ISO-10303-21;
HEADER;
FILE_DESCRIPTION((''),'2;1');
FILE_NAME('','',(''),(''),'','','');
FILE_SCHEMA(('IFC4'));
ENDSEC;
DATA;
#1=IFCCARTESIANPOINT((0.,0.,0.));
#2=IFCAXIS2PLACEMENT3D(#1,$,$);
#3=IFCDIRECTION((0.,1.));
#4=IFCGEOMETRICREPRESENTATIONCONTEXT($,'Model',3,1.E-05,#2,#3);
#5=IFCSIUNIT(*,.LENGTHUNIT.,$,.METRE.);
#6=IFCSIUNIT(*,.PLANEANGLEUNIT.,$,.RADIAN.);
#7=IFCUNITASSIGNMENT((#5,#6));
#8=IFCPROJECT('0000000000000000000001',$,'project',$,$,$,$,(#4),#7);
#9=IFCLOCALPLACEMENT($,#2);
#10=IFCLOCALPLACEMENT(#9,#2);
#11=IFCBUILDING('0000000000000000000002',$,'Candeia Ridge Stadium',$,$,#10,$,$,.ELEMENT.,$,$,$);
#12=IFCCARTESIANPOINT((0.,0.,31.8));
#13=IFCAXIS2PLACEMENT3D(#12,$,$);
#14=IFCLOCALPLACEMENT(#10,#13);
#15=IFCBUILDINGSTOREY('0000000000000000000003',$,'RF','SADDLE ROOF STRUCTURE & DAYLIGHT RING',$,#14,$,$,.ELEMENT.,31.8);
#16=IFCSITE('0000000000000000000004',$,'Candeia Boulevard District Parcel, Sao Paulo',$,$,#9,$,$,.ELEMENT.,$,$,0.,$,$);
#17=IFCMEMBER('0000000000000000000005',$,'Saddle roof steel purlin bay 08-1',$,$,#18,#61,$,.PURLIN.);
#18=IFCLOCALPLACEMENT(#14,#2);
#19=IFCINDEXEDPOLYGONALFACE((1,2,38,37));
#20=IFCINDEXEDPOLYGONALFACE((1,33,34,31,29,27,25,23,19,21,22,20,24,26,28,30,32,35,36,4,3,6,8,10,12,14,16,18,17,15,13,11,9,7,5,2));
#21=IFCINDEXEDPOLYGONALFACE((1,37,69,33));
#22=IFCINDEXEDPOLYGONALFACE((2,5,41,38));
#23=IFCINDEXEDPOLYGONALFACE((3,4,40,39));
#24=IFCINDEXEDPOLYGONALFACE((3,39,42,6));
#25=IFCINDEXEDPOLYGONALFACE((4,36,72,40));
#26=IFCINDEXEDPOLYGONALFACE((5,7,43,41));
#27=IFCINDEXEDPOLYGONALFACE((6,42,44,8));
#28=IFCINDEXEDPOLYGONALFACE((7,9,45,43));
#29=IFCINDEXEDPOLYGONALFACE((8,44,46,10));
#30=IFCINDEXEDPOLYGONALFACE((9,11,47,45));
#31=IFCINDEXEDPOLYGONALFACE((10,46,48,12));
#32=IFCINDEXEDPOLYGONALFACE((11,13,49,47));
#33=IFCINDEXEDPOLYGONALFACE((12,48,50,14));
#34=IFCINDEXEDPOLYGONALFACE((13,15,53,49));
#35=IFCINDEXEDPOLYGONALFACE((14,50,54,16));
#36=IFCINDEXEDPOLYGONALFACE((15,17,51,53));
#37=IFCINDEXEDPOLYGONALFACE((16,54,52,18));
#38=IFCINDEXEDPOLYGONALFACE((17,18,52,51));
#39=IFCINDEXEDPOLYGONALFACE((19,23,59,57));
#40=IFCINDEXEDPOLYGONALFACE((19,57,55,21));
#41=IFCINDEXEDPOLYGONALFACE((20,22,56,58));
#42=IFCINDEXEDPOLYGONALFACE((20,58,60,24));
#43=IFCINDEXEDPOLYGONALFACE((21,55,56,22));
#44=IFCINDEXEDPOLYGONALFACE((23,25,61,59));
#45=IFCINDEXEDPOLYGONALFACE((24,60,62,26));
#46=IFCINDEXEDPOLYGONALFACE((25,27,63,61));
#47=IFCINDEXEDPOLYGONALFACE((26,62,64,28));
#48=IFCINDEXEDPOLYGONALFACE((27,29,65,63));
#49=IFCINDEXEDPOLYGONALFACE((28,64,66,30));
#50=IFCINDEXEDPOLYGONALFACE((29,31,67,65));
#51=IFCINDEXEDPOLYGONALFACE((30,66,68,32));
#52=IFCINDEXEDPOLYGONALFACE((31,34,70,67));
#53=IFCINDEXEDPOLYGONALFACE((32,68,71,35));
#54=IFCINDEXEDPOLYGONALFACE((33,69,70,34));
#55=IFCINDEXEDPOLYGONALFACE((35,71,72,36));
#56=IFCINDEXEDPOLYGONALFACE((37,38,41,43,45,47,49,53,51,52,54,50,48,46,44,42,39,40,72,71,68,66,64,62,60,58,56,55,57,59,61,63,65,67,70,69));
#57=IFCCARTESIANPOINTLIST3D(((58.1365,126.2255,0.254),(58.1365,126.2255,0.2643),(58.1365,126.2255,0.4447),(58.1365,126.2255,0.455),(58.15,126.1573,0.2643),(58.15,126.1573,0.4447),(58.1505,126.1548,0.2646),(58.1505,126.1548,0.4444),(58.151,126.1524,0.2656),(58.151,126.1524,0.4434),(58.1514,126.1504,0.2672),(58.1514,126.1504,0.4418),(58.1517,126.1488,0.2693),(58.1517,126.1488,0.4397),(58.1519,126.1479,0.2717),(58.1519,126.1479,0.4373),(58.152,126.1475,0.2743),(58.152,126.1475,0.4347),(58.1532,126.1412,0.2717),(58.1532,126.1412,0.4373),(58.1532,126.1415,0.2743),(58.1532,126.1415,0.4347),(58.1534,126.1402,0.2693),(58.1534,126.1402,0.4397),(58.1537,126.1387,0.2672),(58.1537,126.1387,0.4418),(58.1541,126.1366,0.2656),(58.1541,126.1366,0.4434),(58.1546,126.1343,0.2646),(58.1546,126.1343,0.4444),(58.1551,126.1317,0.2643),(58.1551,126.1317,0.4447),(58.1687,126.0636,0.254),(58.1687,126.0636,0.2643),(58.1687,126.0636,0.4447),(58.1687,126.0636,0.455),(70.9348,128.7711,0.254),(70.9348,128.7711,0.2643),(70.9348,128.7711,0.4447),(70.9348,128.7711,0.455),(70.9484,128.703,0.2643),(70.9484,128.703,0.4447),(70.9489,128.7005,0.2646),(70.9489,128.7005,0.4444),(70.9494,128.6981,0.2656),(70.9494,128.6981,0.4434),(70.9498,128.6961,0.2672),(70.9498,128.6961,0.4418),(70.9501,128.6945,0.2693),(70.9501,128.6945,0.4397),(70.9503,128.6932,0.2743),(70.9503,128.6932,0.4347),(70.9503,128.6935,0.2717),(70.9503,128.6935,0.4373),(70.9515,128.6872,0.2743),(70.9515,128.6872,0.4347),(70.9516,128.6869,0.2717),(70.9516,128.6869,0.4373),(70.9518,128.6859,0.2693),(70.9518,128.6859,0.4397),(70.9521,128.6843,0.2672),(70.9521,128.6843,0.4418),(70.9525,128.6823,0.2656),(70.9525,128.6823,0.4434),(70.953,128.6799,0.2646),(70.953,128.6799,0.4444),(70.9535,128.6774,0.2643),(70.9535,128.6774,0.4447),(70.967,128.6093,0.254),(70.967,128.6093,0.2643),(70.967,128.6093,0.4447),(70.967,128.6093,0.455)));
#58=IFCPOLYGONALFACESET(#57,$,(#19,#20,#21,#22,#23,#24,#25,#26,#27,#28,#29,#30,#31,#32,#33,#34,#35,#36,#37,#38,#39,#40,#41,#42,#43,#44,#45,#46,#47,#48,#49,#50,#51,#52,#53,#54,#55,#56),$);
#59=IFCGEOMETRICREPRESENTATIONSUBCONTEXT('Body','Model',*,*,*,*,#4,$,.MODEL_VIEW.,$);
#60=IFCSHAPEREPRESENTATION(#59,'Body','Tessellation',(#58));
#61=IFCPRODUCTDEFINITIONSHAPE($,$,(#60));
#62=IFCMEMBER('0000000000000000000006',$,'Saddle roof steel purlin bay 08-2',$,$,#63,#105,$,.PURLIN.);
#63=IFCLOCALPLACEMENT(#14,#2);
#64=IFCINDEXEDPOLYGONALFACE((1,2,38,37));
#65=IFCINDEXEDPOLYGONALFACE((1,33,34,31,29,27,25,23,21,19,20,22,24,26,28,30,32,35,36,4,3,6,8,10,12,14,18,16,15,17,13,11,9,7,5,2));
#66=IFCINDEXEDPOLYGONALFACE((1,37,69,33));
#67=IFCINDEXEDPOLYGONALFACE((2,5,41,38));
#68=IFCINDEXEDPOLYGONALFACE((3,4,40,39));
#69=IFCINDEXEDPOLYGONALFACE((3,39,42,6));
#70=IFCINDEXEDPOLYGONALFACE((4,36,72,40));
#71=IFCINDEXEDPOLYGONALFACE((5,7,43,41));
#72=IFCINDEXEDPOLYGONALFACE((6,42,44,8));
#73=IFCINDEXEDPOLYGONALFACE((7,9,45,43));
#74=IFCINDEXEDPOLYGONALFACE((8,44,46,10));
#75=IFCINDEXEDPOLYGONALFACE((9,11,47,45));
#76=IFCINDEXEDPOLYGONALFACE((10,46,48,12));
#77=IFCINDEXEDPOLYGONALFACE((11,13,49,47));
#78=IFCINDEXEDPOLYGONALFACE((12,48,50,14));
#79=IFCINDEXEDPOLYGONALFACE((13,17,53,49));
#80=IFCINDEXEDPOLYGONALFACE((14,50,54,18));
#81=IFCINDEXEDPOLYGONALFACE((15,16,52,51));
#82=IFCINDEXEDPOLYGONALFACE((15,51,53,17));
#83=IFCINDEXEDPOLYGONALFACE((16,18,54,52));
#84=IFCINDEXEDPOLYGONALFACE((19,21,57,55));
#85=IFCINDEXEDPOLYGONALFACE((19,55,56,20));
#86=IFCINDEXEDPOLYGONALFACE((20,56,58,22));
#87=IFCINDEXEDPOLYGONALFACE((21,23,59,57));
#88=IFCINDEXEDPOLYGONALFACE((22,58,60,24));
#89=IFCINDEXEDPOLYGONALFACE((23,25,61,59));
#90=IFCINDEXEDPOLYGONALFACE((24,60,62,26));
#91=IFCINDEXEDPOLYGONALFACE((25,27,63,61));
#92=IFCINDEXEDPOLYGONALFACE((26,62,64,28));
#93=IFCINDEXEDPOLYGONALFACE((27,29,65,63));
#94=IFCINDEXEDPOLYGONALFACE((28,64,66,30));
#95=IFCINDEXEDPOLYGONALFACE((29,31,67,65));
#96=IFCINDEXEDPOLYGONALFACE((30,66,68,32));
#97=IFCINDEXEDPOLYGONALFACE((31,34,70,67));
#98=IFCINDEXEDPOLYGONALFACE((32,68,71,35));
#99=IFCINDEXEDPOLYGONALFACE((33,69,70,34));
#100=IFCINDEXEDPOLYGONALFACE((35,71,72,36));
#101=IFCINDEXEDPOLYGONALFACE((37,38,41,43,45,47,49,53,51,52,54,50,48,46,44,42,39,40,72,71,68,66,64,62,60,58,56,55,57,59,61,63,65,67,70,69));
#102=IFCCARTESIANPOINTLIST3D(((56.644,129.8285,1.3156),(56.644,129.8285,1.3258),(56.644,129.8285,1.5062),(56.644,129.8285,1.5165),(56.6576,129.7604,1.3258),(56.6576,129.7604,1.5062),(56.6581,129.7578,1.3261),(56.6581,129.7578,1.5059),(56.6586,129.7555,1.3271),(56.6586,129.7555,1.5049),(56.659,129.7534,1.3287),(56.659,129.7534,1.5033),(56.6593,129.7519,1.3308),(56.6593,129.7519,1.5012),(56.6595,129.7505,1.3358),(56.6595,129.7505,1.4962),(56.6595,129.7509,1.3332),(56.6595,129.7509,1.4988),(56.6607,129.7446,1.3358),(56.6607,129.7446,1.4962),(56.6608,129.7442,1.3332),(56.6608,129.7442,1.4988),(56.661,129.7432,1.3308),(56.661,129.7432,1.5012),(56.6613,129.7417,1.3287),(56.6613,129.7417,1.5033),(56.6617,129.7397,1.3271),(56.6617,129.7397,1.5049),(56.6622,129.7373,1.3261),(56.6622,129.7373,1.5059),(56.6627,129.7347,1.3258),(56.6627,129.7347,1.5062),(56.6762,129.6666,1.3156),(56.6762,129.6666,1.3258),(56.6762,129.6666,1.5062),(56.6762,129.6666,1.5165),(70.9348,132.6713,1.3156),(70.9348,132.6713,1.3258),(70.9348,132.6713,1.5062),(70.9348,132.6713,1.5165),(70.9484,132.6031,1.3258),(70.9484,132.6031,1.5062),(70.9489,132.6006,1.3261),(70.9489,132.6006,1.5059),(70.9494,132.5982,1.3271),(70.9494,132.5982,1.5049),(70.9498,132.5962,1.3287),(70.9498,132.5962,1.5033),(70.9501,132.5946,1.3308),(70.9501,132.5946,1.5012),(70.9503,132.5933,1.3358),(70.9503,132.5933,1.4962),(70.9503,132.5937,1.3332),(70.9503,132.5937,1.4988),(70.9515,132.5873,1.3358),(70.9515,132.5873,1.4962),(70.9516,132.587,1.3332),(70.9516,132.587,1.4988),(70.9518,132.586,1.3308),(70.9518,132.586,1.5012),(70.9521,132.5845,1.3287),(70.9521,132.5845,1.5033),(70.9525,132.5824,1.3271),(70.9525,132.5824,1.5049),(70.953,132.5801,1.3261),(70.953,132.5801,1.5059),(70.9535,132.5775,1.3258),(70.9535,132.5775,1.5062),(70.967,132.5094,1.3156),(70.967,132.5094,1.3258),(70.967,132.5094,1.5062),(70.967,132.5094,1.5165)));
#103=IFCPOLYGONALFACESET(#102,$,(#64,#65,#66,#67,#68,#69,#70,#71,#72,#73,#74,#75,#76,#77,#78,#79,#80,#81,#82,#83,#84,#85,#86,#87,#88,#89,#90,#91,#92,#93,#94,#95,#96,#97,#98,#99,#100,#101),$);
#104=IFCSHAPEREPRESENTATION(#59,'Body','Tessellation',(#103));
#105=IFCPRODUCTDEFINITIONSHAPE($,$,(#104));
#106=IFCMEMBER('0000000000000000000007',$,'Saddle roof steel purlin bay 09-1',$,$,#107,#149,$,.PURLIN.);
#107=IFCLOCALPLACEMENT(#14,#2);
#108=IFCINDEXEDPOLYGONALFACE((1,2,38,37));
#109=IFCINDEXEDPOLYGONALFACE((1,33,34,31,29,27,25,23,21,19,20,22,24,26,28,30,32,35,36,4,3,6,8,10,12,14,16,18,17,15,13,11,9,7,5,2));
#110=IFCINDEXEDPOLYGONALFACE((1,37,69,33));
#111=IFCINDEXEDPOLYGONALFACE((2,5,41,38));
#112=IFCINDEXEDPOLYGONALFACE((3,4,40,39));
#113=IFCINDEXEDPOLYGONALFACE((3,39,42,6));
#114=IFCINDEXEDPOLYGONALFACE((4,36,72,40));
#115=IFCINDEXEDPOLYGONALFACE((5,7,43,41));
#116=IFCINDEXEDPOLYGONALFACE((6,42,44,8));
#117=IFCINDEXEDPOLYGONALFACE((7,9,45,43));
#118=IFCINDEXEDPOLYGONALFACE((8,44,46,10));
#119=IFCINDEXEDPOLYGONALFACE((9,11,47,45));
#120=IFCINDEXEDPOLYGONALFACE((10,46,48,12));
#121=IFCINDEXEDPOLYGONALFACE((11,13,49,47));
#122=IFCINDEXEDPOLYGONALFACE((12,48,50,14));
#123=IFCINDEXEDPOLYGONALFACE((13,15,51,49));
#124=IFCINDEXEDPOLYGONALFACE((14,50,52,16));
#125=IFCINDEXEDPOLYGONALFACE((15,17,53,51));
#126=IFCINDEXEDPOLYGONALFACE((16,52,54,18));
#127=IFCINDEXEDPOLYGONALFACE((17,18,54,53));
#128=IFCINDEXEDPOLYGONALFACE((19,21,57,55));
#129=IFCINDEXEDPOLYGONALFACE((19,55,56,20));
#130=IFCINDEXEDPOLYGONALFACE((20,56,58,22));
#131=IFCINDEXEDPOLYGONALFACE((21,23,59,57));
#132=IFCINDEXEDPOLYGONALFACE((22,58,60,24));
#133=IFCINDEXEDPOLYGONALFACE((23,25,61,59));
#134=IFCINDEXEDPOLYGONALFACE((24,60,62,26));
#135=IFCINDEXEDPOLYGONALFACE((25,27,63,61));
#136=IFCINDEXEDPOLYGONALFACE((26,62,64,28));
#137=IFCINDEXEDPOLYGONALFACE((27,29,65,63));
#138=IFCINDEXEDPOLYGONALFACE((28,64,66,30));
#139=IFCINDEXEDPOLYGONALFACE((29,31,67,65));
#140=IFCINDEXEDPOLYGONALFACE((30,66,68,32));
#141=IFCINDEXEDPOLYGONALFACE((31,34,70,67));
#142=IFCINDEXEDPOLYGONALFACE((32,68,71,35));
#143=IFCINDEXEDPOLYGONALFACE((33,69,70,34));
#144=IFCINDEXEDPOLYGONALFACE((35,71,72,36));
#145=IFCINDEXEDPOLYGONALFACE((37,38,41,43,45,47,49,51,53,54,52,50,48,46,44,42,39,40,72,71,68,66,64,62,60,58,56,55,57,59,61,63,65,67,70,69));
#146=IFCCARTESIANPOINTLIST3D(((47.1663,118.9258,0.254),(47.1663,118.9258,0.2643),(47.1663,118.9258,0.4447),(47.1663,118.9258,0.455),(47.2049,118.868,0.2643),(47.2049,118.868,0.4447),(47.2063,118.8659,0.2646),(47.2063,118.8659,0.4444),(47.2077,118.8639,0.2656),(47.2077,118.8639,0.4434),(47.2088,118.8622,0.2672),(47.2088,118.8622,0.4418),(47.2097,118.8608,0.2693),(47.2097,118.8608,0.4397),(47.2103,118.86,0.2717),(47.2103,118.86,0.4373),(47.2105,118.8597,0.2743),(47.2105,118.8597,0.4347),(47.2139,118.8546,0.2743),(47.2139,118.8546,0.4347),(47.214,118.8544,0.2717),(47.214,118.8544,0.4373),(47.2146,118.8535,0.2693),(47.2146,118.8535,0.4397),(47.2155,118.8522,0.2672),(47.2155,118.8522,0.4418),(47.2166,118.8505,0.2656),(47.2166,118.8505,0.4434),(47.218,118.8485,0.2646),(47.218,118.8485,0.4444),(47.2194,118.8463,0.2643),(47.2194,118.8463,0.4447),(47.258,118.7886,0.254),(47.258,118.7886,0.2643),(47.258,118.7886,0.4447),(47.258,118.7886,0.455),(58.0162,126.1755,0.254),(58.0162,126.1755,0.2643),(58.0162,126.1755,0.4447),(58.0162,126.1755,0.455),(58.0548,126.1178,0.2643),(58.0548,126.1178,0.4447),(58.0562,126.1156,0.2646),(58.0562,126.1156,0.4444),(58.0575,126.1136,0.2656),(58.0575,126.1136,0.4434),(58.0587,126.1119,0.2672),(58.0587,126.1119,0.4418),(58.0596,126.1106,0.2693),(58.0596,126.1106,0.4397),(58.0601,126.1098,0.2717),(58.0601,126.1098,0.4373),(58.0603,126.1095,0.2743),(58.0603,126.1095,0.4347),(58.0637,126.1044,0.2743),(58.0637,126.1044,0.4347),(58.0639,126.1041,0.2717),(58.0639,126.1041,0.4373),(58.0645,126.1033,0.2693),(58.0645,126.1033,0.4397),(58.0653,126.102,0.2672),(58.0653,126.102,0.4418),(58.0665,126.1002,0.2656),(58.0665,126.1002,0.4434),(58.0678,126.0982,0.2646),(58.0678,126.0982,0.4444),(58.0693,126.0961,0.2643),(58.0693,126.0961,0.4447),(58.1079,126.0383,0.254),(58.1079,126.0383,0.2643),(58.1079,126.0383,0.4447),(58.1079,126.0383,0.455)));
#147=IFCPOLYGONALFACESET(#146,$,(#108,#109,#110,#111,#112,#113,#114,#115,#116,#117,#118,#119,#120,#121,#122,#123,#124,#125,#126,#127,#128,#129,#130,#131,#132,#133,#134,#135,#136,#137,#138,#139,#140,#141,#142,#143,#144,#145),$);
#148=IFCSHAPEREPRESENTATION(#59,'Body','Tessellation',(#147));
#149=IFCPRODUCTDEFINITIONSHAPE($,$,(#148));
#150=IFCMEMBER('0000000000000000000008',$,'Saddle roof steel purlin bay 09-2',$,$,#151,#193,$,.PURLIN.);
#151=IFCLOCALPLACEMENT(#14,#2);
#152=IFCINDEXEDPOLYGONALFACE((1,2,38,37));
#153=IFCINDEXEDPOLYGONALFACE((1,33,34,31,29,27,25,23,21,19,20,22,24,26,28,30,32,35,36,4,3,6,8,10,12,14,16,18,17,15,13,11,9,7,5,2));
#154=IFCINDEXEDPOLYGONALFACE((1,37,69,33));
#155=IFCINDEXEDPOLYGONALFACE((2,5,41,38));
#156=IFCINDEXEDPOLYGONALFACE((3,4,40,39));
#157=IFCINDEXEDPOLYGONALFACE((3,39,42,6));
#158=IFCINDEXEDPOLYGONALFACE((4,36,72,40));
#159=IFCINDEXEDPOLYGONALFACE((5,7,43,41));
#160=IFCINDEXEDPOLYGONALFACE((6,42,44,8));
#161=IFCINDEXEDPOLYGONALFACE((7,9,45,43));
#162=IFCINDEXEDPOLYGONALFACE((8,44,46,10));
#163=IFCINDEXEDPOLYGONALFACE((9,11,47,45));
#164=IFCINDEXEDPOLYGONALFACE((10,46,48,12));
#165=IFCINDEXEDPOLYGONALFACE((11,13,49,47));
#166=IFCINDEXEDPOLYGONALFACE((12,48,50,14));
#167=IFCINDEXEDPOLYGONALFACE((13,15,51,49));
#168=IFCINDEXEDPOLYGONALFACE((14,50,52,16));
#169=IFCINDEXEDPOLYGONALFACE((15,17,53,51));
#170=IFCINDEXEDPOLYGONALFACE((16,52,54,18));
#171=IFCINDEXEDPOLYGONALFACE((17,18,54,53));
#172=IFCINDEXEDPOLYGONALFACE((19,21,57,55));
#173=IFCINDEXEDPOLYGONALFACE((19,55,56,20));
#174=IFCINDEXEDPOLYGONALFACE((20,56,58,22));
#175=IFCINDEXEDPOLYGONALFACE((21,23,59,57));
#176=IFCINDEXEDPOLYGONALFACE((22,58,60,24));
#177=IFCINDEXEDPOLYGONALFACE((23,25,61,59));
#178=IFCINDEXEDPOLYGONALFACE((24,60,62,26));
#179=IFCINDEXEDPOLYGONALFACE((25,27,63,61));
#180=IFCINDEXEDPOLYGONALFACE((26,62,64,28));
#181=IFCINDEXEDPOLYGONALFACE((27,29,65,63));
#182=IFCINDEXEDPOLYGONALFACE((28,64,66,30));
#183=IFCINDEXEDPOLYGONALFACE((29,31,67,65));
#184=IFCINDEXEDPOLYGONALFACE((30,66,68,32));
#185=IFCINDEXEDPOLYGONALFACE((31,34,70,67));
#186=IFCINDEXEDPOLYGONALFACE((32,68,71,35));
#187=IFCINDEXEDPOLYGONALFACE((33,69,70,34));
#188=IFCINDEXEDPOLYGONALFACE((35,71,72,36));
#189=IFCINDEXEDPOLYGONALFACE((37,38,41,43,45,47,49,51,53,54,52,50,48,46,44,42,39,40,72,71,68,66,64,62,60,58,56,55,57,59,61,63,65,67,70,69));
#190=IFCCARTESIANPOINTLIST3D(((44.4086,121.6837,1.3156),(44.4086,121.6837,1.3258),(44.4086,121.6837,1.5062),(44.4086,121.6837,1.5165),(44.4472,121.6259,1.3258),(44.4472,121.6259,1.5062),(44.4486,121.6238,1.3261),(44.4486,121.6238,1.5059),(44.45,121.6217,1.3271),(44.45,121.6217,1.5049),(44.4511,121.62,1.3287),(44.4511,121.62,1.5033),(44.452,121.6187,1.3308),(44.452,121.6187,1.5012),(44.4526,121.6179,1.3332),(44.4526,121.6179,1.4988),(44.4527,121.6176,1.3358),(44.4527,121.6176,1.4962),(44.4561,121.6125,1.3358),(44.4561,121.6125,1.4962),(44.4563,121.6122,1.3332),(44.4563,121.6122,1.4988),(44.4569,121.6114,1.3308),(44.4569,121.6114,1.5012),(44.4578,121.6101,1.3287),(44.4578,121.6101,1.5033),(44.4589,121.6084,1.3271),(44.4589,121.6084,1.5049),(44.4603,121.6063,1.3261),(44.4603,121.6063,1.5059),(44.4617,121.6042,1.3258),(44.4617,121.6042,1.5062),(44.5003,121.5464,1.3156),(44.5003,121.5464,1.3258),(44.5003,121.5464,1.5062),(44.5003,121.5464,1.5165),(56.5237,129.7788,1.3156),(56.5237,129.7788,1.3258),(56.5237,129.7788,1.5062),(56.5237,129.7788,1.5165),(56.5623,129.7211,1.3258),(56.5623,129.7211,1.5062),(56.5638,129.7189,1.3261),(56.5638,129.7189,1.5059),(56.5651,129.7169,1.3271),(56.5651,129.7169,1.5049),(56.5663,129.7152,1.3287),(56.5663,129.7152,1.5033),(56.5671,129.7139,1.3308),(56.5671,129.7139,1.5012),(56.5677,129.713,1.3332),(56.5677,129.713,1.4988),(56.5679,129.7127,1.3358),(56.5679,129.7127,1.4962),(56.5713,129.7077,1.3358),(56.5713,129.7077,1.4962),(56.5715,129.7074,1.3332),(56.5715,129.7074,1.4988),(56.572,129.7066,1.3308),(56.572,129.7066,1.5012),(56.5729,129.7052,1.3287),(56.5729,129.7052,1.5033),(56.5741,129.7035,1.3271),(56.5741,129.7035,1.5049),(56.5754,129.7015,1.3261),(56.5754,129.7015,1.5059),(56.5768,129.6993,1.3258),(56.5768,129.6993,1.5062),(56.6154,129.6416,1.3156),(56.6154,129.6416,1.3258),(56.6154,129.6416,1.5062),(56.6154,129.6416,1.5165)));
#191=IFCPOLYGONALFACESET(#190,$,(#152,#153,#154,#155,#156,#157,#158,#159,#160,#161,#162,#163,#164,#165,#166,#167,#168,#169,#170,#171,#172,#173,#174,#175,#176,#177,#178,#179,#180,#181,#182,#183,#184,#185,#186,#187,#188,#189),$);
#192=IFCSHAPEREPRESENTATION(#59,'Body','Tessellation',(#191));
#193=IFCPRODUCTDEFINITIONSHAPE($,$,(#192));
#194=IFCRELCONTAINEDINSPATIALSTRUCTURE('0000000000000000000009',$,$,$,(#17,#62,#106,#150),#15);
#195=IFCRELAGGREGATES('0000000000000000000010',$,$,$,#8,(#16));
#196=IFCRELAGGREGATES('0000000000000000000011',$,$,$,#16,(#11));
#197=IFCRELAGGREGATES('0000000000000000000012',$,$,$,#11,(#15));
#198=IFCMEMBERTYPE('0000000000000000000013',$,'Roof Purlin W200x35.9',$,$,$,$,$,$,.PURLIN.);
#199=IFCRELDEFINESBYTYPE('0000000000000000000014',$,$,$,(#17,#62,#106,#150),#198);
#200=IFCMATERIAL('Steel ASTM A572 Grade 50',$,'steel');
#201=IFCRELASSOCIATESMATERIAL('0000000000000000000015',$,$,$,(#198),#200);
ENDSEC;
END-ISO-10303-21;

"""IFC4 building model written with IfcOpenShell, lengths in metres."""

from ifc_helpers import new_model, si_unit, direction, frame, origin, origin_2d, place, context, subcontext, project, spatial, i_section, extrude, material, material_profile, profile_set, type_object, element, save


model = new_model("IFC4")

# Units and contexts
model_context = context("Model", 3, precision=1e-05, world=origin(), true_north=direction((0.0, 1.0)))
body_context = subcontext(model_context, "Body", "Model", "MODEL_VIEW")
ifc_project = project(units=[si_unit("LENGTHUNIT", "METRE"), si_unit("PLANEANGLEUNIT", "RADIAN")], contexts=[model_context])

# Site, building, storey
site_placement = place(None, origin())
site = spatial("IfcSite", under=ifc_project, at=site_placement, Name="Candeia Boulevard District Parcel, Sao Paulo", CompositionType="ELEMENT", RefElevation=0.0)
building_placement = place(site_placement, origin())
building = spatial("IfcBuilding", under=site, at=building_placement, Name="Candeia Ridge Stadium", CompositionType="ELEMENT")
storey_placement = place(building_placement, frame((0.0, 0.0, 31.8)))
storey = spatial("IfcBuildingStorey", under=building, at=storey_placement, Name="RF", Description="SADDLE ROOF STRUCTURE & DAYLIGHT RING", CompositionType="ELEMENT", Elevation=31.8)

# Shared definitions
ifc_material_1 = material(Name="Steel ASTM A572 Grade 50", Category="steel")

# Members
ifc_material_profile_1 = material_profile(ifc_material_1, i_section(OverallWidth=0.165, OverallDepth=0.2009, WebThickness=0.0061, FlangeThickness=0.0103, FilletRadius=0.01, at=origin_2d()), Name="W200x35.9", Category="steel")
ifc_profile_set_1 = profile_set([ifc_material_profile_1], Name="Steel ASTM A572 Grade 50")
member_type_1 = type_object("IfcMemberType", Name="Roof Purlin W200x35.9", PredefinedType="PURLIN", material=ifc_profile_set_1)
member_1_placement = place(storey_placement, frame((70.9509, 128.6902, 0.3545), z_axis=(-0.980787, -0.195083, 0.0), x_axis=(0.195083, -0.980787, 0.0)))
element("IfcMember", 1, at=member_1_placement, inside=storey, type_object=member_type_1, Name="Saddle roof steel purlin bay 08-1", PredefinedType="PURLIN", context=body_context, shape_type="SweptSolid", body=[
    extrude(i_section(OverallWidth=0.165, OverallDepth=0.2009, WebThickness=0.0061, FlangeThickness=0.0103, FilletRadius=0.01, at=origin_2d()), origin(), (0.0, 0.0, 1.0), 13.0491),
])
member_2_placement = place(storey_placement, frame((70.9509, 132.5903, 1.416), z_axis=(-0.980783, -0.195101, 0.0), x_axis=(0.195101, -0.980783, 0.0)))
element("IfcMember", 2, at=member_2_placement, inside=storey, type_object=member_type_1, Name="Saddle roof steel purlin bay 08-2", PredefinedType="PURLIN", context=body_context, shape_type="SweptSolid", body=[
    extrude(i_section(OverallWidth=0.165, OverallDepth=0.2009, WebThickness=0.0061, FlangeThickness=0.0103, FilletRadius=0.01, at=origin_2d()), origin(), (0.0, 0.0, 1.0), 14.5708),
])
member_3_placement = place(storey_placement, frame((58.062, 126.1069, 0.3545), z_axis=(-0.831466, -0.555576, 0.0), x_axis=(0.555576, -0.831466, 0.0)))
element("IfcMember", 3, at=member_3_placement, inside=storey, type_object=member_type_1, Name="Saddle roof steel purlin bay 09-1", PredefinedType="PURLIN", context=body_context, shape_type="SweptSolid", body=[
    extrude(i_section(OverallWidth=0.165, OverallDepth=0.2009, WebThickness=0.0061, FlangeThickness=0.0103, FilletRadius=0.01, at=origin_2d()), origin(), (0.0, 0.0, 1.0), 13.0491),
])
member_4_placement = place(storey_placement, frame((56.5696, 129.7102, 1.416), z_axis=(-0.831467, -0.555574, 0.0), x_axis=(0.555574, -0.831467, 0.0)))
element("IfcMember", 4, at=member_4_placement, inside=storey, type_object=member_type_1, Name="Saddle roof steel purlin bay 09-2", PredefinedType="PURLIN", context=body_context, shape_type="SweptSolid", body=[
    extrude(i_section(OverallWidth=0.165, OverallDepth=0.2009, WebThickness=0.0061, FlangeThickness=0.0103, FilletRadius=0.01, at=origin_2d()), origin(), (0.0, 0.0, 1.0), 14.5708),
])

save(model, "model.ifc")
